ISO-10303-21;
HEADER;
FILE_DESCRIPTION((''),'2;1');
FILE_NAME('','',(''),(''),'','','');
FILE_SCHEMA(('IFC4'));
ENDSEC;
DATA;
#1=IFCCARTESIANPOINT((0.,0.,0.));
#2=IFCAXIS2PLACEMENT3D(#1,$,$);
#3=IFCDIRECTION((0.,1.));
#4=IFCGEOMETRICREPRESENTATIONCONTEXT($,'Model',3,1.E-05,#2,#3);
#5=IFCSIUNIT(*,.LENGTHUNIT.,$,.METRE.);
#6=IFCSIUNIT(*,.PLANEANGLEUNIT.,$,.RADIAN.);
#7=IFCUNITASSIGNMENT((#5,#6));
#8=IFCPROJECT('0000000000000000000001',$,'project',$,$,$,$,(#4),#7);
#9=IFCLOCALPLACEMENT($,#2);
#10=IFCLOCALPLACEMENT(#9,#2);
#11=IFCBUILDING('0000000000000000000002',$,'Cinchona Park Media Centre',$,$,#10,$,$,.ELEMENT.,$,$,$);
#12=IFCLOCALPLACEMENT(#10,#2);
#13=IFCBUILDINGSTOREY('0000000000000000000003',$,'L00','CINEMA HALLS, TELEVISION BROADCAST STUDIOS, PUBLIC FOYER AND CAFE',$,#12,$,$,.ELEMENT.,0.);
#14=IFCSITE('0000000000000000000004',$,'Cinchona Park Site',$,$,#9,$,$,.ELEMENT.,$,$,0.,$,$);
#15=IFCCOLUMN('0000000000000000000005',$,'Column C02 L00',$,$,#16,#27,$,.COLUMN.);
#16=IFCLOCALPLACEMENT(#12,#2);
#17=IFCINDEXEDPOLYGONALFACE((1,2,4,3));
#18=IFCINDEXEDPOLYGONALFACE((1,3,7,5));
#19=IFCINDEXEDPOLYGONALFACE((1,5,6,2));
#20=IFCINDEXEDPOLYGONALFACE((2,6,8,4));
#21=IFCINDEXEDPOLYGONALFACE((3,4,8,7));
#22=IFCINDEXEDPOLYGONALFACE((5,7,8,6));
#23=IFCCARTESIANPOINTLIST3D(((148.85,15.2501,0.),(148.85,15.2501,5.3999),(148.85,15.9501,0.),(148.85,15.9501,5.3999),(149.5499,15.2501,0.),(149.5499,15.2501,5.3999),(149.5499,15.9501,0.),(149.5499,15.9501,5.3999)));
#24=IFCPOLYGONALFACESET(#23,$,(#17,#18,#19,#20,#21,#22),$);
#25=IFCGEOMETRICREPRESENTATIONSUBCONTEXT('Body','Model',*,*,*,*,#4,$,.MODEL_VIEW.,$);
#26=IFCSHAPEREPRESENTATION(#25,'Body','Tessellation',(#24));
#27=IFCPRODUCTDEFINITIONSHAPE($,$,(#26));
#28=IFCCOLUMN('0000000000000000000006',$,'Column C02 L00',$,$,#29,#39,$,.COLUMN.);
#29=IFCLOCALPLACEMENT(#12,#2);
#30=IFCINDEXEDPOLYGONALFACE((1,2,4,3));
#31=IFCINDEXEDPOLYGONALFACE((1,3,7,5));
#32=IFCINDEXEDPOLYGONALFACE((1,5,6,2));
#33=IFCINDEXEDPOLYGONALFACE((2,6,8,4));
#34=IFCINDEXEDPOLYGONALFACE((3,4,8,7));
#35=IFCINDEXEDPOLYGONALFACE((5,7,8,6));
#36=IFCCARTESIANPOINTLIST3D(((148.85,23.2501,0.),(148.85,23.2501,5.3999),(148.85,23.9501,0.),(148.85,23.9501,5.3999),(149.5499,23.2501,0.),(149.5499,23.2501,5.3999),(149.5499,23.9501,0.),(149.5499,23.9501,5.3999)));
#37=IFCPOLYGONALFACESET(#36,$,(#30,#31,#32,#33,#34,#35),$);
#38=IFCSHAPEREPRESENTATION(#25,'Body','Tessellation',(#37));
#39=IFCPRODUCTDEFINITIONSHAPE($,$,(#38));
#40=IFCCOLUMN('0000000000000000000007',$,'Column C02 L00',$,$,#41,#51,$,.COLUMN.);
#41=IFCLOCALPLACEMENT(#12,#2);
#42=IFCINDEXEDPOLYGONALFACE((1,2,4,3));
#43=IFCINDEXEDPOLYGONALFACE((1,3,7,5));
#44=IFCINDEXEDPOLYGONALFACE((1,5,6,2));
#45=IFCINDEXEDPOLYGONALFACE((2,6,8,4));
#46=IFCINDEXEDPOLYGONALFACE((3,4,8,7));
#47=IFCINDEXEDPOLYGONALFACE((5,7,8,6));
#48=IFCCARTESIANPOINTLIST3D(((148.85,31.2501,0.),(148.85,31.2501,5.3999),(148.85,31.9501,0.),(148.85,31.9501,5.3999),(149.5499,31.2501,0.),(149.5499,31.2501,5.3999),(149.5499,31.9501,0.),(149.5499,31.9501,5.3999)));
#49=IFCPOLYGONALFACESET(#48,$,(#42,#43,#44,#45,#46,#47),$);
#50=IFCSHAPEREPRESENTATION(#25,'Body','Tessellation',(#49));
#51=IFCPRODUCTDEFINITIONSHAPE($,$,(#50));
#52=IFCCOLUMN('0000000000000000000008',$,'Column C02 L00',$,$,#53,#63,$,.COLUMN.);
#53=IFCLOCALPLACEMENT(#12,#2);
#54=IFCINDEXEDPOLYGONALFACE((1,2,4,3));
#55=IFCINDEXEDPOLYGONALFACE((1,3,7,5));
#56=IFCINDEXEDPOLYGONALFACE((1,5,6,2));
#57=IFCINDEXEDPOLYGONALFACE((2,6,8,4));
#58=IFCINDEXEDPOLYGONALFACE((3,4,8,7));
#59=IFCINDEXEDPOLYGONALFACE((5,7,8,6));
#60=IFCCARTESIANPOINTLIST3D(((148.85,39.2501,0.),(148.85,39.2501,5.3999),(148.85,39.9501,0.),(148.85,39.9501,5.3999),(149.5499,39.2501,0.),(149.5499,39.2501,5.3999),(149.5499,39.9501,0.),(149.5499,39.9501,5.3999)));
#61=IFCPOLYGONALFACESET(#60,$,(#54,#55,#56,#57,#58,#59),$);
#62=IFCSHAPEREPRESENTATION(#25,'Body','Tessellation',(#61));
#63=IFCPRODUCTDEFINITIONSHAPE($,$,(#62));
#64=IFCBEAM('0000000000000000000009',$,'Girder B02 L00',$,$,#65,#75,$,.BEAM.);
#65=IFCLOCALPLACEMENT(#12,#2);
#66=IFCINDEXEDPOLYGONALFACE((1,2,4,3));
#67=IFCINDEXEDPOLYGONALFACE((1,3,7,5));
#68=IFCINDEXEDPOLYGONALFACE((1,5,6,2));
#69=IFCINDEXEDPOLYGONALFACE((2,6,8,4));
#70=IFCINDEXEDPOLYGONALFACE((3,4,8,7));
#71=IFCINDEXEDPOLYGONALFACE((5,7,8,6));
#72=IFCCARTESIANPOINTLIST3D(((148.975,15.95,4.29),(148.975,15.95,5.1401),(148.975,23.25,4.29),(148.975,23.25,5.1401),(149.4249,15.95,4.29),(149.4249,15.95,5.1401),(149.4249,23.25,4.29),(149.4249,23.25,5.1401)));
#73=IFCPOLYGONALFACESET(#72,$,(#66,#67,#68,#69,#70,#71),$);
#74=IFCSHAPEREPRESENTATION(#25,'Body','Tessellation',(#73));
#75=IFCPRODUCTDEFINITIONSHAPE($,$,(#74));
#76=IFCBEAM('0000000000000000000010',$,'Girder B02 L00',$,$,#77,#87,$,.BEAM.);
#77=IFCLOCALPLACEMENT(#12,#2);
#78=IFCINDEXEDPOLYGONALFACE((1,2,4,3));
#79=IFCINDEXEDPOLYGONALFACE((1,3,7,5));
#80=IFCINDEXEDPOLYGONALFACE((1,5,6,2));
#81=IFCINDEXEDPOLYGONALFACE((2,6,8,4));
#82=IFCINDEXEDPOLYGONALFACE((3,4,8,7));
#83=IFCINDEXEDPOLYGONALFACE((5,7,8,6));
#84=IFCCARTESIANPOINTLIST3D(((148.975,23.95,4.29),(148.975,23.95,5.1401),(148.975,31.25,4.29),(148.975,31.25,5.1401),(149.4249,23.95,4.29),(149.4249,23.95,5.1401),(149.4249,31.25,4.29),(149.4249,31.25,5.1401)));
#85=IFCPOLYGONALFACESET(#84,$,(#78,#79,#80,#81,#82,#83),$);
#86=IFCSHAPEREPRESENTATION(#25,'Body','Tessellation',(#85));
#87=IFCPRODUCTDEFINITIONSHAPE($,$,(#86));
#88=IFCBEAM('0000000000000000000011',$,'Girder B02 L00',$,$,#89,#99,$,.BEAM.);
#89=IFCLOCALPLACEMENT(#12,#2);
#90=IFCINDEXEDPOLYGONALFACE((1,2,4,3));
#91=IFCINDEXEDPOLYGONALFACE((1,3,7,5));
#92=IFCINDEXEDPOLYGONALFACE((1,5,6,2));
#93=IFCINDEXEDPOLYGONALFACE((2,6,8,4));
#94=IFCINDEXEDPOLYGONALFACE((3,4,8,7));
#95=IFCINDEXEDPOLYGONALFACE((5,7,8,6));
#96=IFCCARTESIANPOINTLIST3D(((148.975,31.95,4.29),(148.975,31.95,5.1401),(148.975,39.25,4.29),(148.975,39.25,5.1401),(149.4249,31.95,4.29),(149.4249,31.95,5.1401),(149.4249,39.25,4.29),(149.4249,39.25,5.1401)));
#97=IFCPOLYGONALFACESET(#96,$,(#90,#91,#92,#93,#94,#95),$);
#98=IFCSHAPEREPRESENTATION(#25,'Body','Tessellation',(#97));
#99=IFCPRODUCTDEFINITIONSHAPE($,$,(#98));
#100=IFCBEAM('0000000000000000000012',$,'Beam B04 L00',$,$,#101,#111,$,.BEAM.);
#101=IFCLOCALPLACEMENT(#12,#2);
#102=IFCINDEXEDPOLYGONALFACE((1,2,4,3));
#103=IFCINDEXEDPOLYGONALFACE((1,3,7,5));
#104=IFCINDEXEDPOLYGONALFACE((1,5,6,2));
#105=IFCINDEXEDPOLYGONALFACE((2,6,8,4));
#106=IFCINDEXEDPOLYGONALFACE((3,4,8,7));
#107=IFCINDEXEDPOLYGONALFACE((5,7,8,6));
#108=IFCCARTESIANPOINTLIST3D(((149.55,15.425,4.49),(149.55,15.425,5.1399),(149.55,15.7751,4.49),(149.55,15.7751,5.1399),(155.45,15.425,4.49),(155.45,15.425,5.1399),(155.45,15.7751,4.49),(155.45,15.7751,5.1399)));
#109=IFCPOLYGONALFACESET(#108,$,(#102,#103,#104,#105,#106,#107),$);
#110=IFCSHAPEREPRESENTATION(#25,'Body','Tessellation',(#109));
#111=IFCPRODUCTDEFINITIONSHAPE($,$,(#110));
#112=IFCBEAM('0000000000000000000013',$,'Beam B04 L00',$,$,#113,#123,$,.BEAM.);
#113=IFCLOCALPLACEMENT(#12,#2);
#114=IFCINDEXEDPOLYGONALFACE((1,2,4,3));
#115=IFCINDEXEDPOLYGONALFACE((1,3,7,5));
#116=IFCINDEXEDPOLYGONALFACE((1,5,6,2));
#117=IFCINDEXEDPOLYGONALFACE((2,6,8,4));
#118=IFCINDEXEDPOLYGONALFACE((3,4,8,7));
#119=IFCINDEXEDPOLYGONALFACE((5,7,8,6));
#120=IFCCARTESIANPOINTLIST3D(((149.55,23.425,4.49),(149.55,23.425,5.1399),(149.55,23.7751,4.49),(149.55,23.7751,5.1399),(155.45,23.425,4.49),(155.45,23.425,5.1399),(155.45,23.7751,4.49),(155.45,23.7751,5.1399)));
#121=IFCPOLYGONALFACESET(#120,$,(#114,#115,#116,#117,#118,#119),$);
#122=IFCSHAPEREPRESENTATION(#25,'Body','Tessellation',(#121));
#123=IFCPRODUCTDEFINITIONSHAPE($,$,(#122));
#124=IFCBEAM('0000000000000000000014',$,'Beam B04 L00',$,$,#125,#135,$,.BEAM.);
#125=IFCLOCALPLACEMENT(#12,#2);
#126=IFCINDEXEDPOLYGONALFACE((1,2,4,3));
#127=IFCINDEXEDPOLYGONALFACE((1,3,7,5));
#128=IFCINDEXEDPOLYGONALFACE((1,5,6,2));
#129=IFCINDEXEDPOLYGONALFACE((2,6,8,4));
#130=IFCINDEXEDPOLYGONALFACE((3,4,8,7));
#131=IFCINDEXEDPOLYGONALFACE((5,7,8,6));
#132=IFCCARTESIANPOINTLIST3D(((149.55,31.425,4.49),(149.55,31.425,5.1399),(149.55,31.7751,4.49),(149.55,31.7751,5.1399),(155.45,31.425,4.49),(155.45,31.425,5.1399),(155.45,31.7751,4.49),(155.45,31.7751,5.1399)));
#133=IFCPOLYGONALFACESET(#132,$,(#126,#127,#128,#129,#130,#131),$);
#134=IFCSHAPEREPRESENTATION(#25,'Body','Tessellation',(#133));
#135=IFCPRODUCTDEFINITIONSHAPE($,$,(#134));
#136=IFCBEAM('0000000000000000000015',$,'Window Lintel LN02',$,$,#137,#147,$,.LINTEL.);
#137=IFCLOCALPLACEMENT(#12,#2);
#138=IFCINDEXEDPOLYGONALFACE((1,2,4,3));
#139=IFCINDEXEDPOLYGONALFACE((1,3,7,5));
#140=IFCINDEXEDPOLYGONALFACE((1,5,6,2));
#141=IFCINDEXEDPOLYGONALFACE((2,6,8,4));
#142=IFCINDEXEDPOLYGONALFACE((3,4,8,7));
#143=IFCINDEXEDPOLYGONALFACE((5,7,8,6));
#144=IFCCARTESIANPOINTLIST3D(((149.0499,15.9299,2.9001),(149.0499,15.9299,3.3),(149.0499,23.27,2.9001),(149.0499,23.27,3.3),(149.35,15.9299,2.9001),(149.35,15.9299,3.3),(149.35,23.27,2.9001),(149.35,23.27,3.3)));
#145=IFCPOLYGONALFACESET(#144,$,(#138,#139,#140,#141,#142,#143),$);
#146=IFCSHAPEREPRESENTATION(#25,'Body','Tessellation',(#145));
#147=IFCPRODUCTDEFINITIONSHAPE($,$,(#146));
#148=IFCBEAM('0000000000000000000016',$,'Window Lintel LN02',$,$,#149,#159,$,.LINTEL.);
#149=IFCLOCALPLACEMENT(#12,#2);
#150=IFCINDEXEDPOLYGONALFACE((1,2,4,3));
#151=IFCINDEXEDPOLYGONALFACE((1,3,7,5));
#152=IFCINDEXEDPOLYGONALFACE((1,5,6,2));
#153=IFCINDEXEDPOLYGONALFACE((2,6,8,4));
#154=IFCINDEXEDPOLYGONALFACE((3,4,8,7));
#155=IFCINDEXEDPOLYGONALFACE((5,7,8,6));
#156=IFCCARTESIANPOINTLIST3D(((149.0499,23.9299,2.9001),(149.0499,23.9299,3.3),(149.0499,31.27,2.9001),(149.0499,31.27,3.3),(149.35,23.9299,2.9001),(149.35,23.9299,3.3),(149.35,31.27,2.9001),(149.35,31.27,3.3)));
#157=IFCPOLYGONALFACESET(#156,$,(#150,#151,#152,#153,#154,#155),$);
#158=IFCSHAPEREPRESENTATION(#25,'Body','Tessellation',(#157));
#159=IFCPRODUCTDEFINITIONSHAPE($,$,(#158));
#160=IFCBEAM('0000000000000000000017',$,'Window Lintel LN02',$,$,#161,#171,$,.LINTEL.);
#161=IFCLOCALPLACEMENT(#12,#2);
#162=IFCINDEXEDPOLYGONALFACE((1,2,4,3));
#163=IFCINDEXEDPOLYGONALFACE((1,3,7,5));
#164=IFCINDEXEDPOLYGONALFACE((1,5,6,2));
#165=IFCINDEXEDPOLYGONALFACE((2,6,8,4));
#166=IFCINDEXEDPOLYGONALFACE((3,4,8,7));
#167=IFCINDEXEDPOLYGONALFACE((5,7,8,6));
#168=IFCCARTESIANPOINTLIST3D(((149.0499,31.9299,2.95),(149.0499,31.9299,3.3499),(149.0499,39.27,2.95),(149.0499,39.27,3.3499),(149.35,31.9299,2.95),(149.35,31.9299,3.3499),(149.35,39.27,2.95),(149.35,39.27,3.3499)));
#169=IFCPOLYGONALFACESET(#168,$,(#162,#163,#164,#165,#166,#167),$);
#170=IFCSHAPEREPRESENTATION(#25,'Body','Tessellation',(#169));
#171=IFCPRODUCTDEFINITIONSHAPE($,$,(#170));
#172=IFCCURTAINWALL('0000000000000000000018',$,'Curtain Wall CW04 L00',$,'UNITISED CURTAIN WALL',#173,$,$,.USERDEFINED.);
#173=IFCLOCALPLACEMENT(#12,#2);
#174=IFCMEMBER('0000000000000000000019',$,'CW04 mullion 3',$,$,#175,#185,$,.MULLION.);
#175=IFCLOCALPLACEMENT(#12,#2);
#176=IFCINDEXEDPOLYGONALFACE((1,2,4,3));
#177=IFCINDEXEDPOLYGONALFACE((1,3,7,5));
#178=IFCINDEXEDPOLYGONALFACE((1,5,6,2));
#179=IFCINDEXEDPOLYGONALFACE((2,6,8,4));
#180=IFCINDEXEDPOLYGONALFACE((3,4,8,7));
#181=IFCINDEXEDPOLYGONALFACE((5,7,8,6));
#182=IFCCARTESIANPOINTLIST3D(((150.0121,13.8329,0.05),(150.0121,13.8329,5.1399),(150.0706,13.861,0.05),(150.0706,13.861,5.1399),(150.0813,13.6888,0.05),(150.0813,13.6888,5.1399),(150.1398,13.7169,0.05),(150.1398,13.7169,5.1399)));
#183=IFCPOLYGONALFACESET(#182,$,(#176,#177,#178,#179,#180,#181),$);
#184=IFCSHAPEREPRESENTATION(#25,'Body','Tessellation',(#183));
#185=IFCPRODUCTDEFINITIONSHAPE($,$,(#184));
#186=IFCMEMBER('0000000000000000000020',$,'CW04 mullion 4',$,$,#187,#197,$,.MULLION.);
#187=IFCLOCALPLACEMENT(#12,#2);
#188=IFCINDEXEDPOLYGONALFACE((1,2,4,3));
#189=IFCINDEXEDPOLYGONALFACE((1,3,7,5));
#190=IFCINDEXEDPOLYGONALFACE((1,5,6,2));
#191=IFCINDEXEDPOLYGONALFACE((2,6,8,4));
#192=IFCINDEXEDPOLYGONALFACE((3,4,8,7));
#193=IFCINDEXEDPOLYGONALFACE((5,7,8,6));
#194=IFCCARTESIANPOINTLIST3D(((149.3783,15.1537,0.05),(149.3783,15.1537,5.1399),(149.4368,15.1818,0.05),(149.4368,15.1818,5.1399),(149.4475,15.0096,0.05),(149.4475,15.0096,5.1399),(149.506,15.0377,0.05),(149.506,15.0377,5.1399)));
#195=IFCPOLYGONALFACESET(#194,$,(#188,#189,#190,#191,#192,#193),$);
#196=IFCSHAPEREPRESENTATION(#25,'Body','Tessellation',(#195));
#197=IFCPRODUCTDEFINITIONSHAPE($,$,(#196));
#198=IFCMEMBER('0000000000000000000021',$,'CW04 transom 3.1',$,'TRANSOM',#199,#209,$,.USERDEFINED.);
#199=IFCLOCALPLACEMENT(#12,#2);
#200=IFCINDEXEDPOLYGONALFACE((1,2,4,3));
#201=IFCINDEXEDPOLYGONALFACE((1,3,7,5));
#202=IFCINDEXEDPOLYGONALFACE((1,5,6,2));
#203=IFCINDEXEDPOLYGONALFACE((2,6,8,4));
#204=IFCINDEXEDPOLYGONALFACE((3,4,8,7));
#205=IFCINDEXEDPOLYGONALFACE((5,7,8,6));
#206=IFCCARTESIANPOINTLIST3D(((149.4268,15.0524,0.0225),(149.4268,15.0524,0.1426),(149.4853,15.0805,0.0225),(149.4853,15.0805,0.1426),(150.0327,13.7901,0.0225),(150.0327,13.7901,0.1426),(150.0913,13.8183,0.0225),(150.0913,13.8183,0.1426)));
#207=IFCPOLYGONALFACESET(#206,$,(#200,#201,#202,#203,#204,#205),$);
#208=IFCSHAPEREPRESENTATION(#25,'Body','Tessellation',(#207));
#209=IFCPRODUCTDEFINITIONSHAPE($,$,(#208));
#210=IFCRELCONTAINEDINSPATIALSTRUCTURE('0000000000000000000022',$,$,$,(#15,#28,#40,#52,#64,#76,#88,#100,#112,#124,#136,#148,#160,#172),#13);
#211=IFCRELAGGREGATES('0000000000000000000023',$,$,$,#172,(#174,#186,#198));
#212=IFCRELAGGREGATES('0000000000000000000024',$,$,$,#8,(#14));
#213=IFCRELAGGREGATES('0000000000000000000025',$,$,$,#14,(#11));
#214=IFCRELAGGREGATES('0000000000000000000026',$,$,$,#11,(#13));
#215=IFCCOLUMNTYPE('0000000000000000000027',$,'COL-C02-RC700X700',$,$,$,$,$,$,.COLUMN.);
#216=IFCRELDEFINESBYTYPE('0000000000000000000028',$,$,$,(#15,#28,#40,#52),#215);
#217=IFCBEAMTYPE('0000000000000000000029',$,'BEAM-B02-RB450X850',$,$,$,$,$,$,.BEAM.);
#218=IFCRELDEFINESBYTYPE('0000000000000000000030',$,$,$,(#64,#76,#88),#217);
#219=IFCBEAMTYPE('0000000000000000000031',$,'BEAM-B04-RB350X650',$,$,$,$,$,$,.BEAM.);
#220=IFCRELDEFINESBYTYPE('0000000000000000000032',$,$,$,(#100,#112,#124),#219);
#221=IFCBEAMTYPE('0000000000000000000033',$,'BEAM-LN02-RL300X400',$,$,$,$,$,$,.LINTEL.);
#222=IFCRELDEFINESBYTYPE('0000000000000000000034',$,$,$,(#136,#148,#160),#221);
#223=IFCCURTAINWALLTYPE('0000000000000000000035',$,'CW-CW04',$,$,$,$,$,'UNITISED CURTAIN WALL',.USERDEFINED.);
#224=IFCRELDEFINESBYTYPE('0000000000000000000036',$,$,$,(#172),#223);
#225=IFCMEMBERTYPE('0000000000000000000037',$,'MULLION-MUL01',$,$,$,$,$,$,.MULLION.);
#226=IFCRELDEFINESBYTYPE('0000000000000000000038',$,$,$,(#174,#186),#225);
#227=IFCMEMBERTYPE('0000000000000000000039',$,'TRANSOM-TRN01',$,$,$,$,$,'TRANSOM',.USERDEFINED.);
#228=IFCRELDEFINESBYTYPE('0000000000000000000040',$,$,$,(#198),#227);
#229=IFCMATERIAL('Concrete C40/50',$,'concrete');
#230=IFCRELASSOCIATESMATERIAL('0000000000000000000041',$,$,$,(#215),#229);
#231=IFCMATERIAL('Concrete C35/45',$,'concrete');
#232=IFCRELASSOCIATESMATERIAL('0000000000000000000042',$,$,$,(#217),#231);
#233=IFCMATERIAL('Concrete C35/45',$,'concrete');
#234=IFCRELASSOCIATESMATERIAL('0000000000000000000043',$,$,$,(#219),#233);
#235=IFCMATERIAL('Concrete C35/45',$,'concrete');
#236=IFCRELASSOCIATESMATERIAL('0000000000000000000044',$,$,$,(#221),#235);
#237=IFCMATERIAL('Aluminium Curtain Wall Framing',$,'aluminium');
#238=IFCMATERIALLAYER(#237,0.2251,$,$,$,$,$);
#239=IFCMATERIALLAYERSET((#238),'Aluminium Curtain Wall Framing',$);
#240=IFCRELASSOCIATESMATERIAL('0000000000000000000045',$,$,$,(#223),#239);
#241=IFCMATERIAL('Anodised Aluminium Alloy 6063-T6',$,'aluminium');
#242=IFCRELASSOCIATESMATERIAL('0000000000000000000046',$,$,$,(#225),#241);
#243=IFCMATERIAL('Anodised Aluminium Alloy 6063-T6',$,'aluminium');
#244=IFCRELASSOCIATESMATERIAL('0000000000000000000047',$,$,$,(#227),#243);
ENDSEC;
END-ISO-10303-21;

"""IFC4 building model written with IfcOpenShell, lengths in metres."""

from ifc_helpers import new_model, si_unit, direction, frame, origin, origin_2d, place, context, subcontext, project, spatial, rectangle, extrude, material, layer, layer_set, material_profile, profile_set, type_object, element, aggregate, save


model = new_model("IFC4")

# Units and contexts
model_context = context("Model", 3, precision=1e-05, world=origin(), true_north=direction((0.0, 1.0)))
body_context = subcontext(model_context, "Body", "Model", "MODEL_VIEW")
ifc_project = project(units=[si_unit("LENGTHUNIT", "METRE"), si_unit("PLANEANGLEUNIT", "RADIAN")], contexts=[model_context])

# Site, building, storey
site_placement = place(None, origin())
site = spatial("IfcSite", under=ifc_project, at=site_placement, Name="Cinchona Park Site", CompositionType="ELEMENT", RefElevation=0.0)
building_placement = place(site_placement, origin())
building = spatial("IfcBuilding", under=site, at=building_placement, Name="Cinchona Park Media Centre", CompositionType="ELEMENT")
storey_placement = place(building_placement, origin())
storey = spatial("IfcBuildingStorey", under=building, at=storey_placement, Name="L00", Description="CINEMA HALLS, TELEVISION BROADCAST STUDIOS, PUBLIC FOYER AND CAFE", CompositionType="ELEMENT", Elevation=0.0)

# Columns
ifc_material_1 = material(Name="Concrete C40/50", Category="concrete")
ifc_material_profile_1 = material_profile(ifc_material_1, rectangle(XDim=0.7, YDim=0.7, at=origin_2d()), Name="RC 700X700")
ifc_profile_set_1 = profile_set([ifc_material_profile_1], Name="Concrete C40/50")
column_type = type_object("IfcColumnType", Name="COL-C02-RC700X700", PredefinedType="COLUMN", material=ifc_profile_set_1)
for number, where, z_axis, x_axis, name in (
    (1, (149.2, 15.6001, 0.0), (0.0, 0.0, 1.0), (1.0, 0.0, 0.0), "Column C02 L00"),
    (2, (149.2, 23.6001, 0.0), (0.0, 0.0, 1.0), (1.0, 0.0, 0.0), "Column C02 L00"),
    (3, (149.2, 31.6001, 0.0), (0.0, 0.0, 1.0), (1.0, 0.0, 0.0), "Column C02 L00"),
    (4, (149.2, 39.6001, 0.0), (0.0, 0.0, 1.0), (1.0, 0.0, 0.0), "Column C02 L00"),
):
    element("IfcColumn", number, at=place(storey_placement, frame(where, z_axis=z_axis, x_axis=x_axis)), inside=storey, type_object=column_type, Name=name, PredefinedType="COLUMN", context=body_context, shape_type="SweptSolid", body=[
        extrude(rectangle(XDim=0.7, YDim=0.7, at=origin_2d()), origin(), (0.0, 0.0, 1.0), 5.3999),
    ])

# Beams
ifc_material_2 = material(Name="Concrete C35/45", Category="concrete")
ifc_material_profile_2 = material_profile(ifc_material_2, rectangle(XDim=0.45, YDim=0.8501, at=origin_2d()), Name="RB 450X850")
ifc_profile_set_2 = profile_set([ifc_material_profile_2], Name="Concrete C35/45")
beam_type_1 = type_object("IfcBeamType", Name="BEAM-B02-RB450X850", PredefinedType="BEAM", material=ifc_profile_set_2)
for number, where, z_axis, x_axis, name in (
    (5, (149.2, 15.95, 4.7151), (0.0, 1.0, 0.0), (-1.0, 0.0, 0.0), "Girder B02 L00"),
    (6, (149.2, 23.95, 4.7151), (0.0, 1.0, 0.0), (-1.0, 0.0, 0.0), "Girder B02 L00"),
    (7, (149.2, 31.95, 4.7151), (0.0, 1.0, 0.0), (-1.0, 0.0, 0.0), "Girder B02 L00"),
):
    element("IfcBeam", number, at=place(storey_placement, frame(where, z_axis=z_axis, x_axis=x_axis)), inside=storey, type_object=beam_type_1, Name=name, PredefinedType="BEAM", context=body_context, shape_type="SweptSolid", body=[
        extrude(rectangle(XDim=0.45, YDim=0.8501, at=origin_2d()), origin(), (0.0, 0.0, 1.0), 7.3),
    ])
ifc_material_3 = material(Name="Concrete C35/45", Category="concrete")
ifc_material_profile_3 = material_profile(ifc_material_3, rectangle(XDim=0.3501, YDim=0.6499, at=origin_2d()), Name="RB 350X650")
ifc_profile_set_3 = profile_set([ifc_material_profile_3], Name="Concrete C35/45")
beam_type_2 = type_object("IfcBeamType", Name="BEAM-B04-RB350X650", PredefinedType="BEAM", material=ifc_profile_set_3)
for number, where, z_axis, x_axis, name in (
    (8, (149.55, 15.6001, 4.8149), (1.0, 0.0, 0.0), (0.0, 1.0, 0.0), "Beam B04 L00"),
    (9, (149.55, 23.6001, 4.8149), (1.0, 0.0, 0.0), (0.0, 1.0, 0.0), "Beam B04 L00"),
    (10, (149.55, 31.6001, 4.8149), (1.0, 0.0, 0.0), (0.0, 1.0, 0.0), "Beam B04 L00"),
):
    element("IfcBeam", number, at=place(storey_placement, frame(where, z_axis=z_axis, x_axis=x_axis)), inside=storey, type_object=beam_type_2, Name=name, PredefinedType="BEAM", context=body_context, shape_type="SweptSolid", body=[
        extrude(rectangle(XDim=0.3501, YDim=0.6499, at=origin_2d()), origin(), (0.0, 0.0, 1.0), 5.8999),
    ])
ifc_material_4 = material(Name="Concrete C35/45", Category="concrete")
ifc_material_profile_4 = material_profile(ifc_material_4, rectangle(XDim=0.3, YDim=0.3999, at=origin_2d()), Name="RL 300X400")
ifc_profile_set_4 = profile_set([ifc_material_profile_4], Name="Concrete C35/45")
beam_type_3 = type_object("IfcBeamType", Name="BEAM-LN02-RL300X400", PredefinedType="LINTEL", material=ifc_profile_set_4)
for number, where, z_axis, x_axis, name in (
    (11, (149.2, 15.9299, 3.1001), (0.0, 1.0, 0.0), (-1.0, 0.0, 0.0), "Window Lintel LN02"),
    (12, (149.2, 23.9299, 3.1001), (0.0, 1.0, 0.0), (-1.0, 0.0, 0.0), "Window Lintel LN02"),
    (13, (149.2, 31.9299, 3.1499), (0.0, 1.0, 0.0), (-1.0, 0.0, 0.0), "Window Lintel LN02"),
):
    element("IfcBeam", number, at=place(storey_placement, frame(where, z_axis=z_axis, x_axis=x_axis)), inside=storey, type_object=beam_type_3, Name=name, PredefinedType="LINTEL", context=body_context, shape_type="SweptSolid", body=[
        extrude(rectangle(XDim=0.3, YDim=0.3999, at=origin_2d()), origin(), (0.0, 0.0, 1.0), 7.3401),
    ])

# Curtain wall, members
ifc_material_5 = material(Name="Aluminium Curtain Wall Framing", Category="aluminium")
ifc_layer_1 = layer(ifc_material_5, 0.2251)
ifc_layer_set_1 = layer_set([ifc_layer_1], Name="Aluminium Curtain Wall Framing")
curtain_wall_type = type_object("IfcCurtainWallType", Name="CW-CW04", ElementType="UNITISED CURTAIN WALL", PredefinedType="USERDEFINED", material=ifc_layer_set_1)
curtain_wall_placement = place(storey_placement, origin())
curtain_wall = element("IfcCurtainWall", 14, at=curtain_wall_placement, inside=storey, type_object=curtain_wall_type, Name="Curtain Wall CW04 L00", ObjectType="UNITISED CURTAIN WALL", PredefinedType="USERDEFINED")
ifc_material_6 = material(Name="Anodised Aluminium Alloy 6063-T6", Category="aluminium")
ifc_material_profile_5 = material_profile(ifc_material_6, rectangle(XDim=0.0649, YDim=0.1599, at=origin_2d()), Name="MUL-65X160")
ifc_profile_set_5 = profile_set([ifc_material_profile_5], Name="Anodised Aluminium Alloy 6063-T6")
member_type_1 = type_object("IfcMemberType", Name="MULLION-MUL01", PredefinedType="MULLION", material=ifc_profile_set_5)
member_1_placement = place(storey_placement, frame((150.0759, 13.7749, 0.05), z_axis=(0.0, 0.0, 1.0), x_axis=(-0.901523, -0.432731, 0.0)))
member_1 = element("IfcMember", 15, at=member_1_placement, type_object=member_type_1, Name="CW04 mullion 3", PredefinedType="MULLION", context=body_context, shape_type="SweptSolid", body=[
    extrude(rectangle(XDim=0.0649, YDim=0.1599, at=origin_2d()), origin(), (0.0, 0.0, 1.0), 5.0898),
])
member_2_placement = place(storey_placement, frame((149.4421, 15.0957, 0.05), z_axis=(0.0, 0.0, 1.0), x_axis=(-0.901523, -0.432731, 0.0)))
member_2 = element("IfcMember", 16, at=member_2_placement, type_object=member_type_1, Name="CW04 mullion 4", PredefinedType="MULLION", context=body_context, shape_type="SweptSolid", body=[
    extrude(rectangle(XDim=0.0649, YDim=0.1599, at=origin_2d()), origin(), (0.0, 0.0, 1.0), 5.0898),
])
ifc_material_7 = material(Name="Anodised Aluminium Alloy 6063-T6", Category="aluminium")
ifc_material_profile_6 = material_profile(ifc_material_7, rectangle(XDim=0.0649, YDim=0.1201, at=origin_2d()), Name="TRN-65X120")
ifc_profile_set_6 = profile_set([ifc_material_profile_6], Name="Anodised Aluminium Alloy 6063-T6")
member_type_2 = type_object("IfcMemberType", Name="TRANSOM-TRN01", ElementType="TRANSOM", PredefinedType="USERDEFINED", material=ifc_profile_set_6)
member_3_placement = place(storey_placement, frame((150.062, 13.8042, 0.0825), z_axis=(-0.432788, 0.901496, 0.0), x_axis=(-0.901496, -0.432788, 0.0)))
member_3 = element("IfcMember", 17, at=member_3_placement, type_object=member_type_2, Name="CW04 transom 3.1", ObjectType="TRANSOM", PredefinedType="USERDEFINED", context=body_context, shape_type="SweptSolid", body=[
    extrude(rectangle(XDim=0.0649, YDim=0.1201, at=origin_2d()), origin(), (0.0, 0.0, 1.0), 1.4001),
])
aggregate(curtain_wall, [member_1, member_2, member_3])

save(model, "model.ifc")
